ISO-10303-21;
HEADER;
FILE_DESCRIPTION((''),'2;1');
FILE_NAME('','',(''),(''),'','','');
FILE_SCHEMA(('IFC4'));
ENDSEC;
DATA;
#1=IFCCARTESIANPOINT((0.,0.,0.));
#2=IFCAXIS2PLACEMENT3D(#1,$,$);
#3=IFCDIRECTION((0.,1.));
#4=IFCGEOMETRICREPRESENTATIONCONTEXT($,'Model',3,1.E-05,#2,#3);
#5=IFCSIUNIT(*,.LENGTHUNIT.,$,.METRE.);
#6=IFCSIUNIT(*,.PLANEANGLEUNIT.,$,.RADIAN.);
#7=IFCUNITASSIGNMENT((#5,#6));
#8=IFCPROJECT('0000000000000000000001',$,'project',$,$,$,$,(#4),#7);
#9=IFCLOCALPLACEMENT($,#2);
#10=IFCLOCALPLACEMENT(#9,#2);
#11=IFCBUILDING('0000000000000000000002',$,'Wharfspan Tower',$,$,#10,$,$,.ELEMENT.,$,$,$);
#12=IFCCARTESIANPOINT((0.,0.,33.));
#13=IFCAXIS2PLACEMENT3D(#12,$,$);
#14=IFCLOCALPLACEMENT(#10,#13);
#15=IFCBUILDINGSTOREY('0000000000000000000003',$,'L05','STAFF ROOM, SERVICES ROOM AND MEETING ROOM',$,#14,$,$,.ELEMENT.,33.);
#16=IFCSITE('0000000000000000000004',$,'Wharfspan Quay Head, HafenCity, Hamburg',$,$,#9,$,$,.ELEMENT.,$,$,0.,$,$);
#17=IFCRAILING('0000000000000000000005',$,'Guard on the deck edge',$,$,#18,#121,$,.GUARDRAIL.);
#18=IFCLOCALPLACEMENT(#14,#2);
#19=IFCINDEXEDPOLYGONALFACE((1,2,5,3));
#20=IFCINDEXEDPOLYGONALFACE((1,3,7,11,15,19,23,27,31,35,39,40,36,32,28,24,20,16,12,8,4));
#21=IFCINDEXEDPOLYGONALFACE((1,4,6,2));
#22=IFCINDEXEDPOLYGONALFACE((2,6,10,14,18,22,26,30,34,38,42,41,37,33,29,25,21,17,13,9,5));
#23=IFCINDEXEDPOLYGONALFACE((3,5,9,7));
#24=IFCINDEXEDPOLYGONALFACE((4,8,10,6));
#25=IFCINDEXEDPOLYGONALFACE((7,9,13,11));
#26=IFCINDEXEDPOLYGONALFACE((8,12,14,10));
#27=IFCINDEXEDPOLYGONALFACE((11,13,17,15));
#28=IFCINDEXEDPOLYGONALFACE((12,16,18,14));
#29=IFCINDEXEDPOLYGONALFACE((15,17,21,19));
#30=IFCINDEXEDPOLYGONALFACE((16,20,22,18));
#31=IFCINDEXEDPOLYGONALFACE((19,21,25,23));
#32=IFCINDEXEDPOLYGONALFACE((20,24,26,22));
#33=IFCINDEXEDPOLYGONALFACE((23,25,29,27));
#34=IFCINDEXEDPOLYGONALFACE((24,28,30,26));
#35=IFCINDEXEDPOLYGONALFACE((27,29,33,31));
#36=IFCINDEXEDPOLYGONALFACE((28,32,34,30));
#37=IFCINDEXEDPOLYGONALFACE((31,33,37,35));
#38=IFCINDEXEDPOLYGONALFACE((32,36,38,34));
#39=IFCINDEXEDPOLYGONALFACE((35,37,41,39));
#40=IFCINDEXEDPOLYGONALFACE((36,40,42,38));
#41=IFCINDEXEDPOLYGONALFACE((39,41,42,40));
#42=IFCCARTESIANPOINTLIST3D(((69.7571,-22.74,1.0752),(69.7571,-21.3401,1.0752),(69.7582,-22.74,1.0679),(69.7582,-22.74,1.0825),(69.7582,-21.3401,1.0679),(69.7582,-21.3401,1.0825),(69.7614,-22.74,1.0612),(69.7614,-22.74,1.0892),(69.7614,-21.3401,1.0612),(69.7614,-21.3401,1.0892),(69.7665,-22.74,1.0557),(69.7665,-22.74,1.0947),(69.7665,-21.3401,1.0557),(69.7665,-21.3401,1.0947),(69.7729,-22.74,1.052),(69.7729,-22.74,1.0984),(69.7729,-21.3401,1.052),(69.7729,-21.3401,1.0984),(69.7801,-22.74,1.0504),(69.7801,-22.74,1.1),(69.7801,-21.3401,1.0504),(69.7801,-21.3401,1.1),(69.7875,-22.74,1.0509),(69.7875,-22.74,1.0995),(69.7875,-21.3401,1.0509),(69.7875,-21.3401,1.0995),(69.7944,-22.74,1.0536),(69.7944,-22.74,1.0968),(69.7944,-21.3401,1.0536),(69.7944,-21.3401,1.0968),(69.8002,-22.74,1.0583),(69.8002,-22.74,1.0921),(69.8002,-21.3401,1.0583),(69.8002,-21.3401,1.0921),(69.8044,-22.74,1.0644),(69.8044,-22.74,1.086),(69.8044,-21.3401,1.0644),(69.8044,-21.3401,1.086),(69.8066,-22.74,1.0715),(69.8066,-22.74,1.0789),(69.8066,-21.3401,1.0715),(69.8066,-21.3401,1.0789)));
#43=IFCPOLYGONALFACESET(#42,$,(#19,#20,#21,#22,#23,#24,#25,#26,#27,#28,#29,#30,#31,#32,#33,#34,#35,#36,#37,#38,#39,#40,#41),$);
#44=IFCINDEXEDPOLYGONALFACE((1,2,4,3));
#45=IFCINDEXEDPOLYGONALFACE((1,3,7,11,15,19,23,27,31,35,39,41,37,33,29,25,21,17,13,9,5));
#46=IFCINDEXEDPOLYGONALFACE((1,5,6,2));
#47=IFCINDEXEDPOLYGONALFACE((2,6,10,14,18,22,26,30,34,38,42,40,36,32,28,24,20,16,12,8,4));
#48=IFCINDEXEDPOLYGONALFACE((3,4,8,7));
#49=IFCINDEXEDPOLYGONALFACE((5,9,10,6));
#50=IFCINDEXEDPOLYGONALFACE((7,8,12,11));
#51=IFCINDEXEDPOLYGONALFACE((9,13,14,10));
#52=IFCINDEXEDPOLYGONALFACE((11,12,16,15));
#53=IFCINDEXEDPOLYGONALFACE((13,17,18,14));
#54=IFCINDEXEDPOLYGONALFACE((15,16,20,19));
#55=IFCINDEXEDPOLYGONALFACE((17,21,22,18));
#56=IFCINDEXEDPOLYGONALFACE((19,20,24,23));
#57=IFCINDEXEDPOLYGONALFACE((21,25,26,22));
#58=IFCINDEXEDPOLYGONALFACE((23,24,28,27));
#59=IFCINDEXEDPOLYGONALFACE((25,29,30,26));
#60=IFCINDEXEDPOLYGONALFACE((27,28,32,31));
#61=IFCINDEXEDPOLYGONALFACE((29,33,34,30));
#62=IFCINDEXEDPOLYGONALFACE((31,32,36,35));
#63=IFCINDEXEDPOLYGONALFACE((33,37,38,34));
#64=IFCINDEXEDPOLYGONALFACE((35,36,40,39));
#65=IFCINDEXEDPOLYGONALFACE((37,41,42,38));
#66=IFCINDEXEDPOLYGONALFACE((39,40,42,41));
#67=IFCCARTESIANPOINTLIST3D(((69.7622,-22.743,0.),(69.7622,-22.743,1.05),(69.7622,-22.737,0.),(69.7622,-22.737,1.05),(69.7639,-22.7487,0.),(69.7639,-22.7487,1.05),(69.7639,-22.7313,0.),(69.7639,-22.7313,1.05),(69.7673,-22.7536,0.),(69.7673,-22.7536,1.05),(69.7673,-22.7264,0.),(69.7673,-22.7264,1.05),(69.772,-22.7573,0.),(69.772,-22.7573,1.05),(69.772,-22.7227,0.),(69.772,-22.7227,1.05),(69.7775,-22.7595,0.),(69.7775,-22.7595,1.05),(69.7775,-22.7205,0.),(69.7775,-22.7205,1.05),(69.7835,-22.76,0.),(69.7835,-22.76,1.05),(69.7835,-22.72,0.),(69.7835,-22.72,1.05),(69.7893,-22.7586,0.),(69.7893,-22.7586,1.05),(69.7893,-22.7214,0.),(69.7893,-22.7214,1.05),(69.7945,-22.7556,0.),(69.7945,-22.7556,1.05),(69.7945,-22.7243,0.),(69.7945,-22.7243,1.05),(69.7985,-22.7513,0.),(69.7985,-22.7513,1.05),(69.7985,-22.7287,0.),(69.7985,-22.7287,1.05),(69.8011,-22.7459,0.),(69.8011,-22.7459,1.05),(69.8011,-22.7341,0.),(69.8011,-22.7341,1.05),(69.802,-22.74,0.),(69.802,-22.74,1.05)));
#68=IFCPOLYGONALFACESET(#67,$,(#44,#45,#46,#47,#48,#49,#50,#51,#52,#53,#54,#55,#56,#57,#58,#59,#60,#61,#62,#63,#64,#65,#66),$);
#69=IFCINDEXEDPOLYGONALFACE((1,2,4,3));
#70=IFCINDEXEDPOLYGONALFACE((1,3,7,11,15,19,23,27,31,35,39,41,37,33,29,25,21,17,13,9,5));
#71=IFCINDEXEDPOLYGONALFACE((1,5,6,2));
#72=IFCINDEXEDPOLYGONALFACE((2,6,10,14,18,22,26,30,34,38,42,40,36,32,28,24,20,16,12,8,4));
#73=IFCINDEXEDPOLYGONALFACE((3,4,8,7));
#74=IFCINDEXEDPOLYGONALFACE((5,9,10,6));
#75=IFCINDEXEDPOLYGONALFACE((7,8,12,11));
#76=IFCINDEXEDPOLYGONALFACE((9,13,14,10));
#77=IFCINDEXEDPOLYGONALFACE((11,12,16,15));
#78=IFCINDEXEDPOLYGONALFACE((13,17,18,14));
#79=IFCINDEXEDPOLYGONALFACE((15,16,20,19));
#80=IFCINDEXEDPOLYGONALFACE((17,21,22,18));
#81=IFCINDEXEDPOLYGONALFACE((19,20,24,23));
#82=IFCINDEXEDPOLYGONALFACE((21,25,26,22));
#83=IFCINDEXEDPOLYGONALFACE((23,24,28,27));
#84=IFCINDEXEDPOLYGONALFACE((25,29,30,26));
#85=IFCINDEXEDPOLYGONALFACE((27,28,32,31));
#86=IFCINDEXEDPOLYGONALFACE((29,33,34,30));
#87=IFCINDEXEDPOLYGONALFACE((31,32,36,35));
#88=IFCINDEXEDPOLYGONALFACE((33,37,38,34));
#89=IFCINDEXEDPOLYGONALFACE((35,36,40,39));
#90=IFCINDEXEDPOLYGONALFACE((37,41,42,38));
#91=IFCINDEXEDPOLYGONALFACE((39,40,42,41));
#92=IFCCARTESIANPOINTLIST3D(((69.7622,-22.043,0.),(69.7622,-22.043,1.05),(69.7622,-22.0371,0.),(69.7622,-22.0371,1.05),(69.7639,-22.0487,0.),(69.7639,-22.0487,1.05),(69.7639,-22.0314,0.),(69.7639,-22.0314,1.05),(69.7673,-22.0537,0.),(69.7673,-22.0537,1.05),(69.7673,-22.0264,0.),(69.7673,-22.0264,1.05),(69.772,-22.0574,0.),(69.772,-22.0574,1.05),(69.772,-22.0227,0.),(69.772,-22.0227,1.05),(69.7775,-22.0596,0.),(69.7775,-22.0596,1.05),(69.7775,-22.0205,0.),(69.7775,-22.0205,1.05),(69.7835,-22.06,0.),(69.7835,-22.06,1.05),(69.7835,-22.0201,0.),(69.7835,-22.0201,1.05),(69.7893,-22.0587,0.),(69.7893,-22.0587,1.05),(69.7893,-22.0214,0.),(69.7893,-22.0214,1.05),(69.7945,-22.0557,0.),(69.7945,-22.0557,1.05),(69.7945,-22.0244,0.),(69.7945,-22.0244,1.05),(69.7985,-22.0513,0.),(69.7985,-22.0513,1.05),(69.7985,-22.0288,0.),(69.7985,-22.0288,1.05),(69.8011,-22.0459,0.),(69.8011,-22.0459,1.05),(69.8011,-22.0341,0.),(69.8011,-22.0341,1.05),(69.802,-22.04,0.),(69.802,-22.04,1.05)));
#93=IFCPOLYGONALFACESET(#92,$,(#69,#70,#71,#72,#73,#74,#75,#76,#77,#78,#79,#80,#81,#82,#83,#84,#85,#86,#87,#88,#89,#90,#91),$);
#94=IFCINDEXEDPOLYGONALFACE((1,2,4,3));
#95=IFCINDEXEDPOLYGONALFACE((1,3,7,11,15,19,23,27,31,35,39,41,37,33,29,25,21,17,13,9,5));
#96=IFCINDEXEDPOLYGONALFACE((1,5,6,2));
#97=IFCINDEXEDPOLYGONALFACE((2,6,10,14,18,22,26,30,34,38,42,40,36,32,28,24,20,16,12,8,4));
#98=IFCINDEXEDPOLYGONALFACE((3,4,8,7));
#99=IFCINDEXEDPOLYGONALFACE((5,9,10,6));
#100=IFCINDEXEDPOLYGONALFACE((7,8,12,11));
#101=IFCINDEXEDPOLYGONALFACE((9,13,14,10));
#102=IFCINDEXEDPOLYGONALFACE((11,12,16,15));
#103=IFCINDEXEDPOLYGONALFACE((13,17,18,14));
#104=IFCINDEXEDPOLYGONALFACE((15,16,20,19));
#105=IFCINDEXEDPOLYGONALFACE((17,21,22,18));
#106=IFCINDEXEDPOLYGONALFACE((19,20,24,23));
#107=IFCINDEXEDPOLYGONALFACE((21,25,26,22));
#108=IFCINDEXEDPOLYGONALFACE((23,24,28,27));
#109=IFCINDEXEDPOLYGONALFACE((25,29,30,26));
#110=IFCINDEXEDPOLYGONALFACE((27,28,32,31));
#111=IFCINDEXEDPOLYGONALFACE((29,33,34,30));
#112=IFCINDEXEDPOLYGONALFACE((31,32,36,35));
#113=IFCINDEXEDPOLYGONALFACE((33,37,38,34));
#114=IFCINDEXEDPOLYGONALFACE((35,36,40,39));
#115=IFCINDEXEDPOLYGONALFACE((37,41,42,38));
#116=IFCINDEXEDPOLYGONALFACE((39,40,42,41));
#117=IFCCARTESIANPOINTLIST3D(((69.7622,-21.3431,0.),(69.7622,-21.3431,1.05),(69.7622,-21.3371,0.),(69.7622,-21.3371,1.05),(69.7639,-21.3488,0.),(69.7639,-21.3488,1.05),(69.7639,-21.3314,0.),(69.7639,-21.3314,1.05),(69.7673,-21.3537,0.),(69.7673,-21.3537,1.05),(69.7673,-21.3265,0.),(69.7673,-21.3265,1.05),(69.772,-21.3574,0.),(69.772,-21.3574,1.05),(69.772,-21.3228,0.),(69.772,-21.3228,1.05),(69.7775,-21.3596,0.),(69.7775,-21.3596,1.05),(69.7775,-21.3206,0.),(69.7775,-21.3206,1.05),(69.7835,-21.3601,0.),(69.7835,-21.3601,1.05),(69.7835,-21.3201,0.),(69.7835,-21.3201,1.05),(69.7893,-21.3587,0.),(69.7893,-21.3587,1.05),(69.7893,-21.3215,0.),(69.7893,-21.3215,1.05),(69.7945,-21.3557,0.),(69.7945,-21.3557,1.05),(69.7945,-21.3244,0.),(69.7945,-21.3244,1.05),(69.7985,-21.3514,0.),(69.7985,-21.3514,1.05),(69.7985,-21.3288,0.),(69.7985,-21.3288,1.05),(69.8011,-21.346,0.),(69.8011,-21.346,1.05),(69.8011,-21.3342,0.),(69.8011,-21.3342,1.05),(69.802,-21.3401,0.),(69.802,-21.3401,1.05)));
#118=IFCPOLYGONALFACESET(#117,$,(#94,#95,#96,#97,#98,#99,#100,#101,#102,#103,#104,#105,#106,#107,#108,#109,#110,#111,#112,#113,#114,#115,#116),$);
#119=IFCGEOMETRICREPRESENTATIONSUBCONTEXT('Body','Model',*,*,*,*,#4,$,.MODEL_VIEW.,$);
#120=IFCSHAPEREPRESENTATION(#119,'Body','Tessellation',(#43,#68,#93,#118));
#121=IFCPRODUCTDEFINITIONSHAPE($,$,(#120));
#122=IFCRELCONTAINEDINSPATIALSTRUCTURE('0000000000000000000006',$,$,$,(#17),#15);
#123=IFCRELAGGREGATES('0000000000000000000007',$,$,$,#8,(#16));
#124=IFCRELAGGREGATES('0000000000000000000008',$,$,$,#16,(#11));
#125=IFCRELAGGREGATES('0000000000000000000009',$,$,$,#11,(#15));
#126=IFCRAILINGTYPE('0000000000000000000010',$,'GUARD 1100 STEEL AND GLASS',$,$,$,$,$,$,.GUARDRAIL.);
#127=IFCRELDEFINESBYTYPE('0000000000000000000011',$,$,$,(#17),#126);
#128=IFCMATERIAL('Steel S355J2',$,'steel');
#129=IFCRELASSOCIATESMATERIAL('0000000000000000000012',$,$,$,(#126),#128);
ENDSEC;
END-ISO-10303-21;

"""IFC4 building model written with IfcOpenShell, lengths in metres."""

from ifc_helpers import new_model, si_unit, direction, frame, origin, origin_2d, place, context, subcontext, project, spatial, circle, extrude, material, type_object, element, save


model = new_model("IFC4")

# Units and contexts
model_context = context("Model", 3, precision=1e-05, world=origin(), true_north=direction((0.0, 1.0)))
body_context = subcontext(model_context, "Body", "Model", "MODEL_VIEW")
ifc_project = project(units=[si_unit("LENGTHUNIT", "METRE"), si_unit("PLANEANGLEUNIT", "RADIAN")], contexts=[model_context])

# Site, building, storey
site_placement = place(None, origin())
site = spatial("IfcSite", under=ifc_project, at=site_placement, Name="Wharfspan Quay Head, HafenCity, Hamburg", CompositionType="ELEMENT", RefElevation=0.0)
building_placement = place(site_placement, origin())
building = spatial("IfcBuilding", under=site, at=building_placement, Name="Wharfspan Tower", CompositionType="ELEMENT")
storey_placement = place(building_placement, frame((0.0, 0.0, 33.0)))
storey = spatial("IfcBuildingStorey", under=building, at=storey_placement, Name="L05", Description="STAFF ROOM, SERVICES ROOM AND MEETING ROOM", CompositionType="ELEMENT", Elevation=33.0)

# Railing
ifc_material_1 = material(Name="Steel S355J2", Category="steel")
railing_type = type_object("IfcRailingType", Name="GUARD 1100 STEEL AND GLASS", PredefinedType="GUARDRAIL", material=ifc_material_1)
railing_1_placement = place(storey_placement, frame((69.782, -22.74, 0.0)))
element("IfcRailing", 1, at=railing_1_placement, inside=storey, type_object=railing_type, Name="Guard on the deck edge", PredefinedType="GUARDRAIL", context=body_context, shape_type="SweptSolid", body=[
    extrude(circle(Radius=0.0249, at=origin_2d()), frame((0.0, 0.0, 1.0752), z_axis=(0.0, 1.0, 0.0), x_axis=(-1.0, 0.0, 0.0)), (0.0, 0.0, 1.0), 1.3999),
    extrude(circle(Radius=0.02, at=origin_2d()), origin(), (0.0, 0.0, 1.0), 1.05),
    extrude(circle(Radius=0.02, at=origin_2d()), frame((0.0, 0.7, 0.0)), (0.0, 0.0, 1.0), 1.05),
    extrude(circle(Radius=0.02, at=origin_2d()), frame((0.0, 1.3999, 0.0)), (0.0, 0.0, 1.0), 1.05),
])

save(model, "model.ifc")
